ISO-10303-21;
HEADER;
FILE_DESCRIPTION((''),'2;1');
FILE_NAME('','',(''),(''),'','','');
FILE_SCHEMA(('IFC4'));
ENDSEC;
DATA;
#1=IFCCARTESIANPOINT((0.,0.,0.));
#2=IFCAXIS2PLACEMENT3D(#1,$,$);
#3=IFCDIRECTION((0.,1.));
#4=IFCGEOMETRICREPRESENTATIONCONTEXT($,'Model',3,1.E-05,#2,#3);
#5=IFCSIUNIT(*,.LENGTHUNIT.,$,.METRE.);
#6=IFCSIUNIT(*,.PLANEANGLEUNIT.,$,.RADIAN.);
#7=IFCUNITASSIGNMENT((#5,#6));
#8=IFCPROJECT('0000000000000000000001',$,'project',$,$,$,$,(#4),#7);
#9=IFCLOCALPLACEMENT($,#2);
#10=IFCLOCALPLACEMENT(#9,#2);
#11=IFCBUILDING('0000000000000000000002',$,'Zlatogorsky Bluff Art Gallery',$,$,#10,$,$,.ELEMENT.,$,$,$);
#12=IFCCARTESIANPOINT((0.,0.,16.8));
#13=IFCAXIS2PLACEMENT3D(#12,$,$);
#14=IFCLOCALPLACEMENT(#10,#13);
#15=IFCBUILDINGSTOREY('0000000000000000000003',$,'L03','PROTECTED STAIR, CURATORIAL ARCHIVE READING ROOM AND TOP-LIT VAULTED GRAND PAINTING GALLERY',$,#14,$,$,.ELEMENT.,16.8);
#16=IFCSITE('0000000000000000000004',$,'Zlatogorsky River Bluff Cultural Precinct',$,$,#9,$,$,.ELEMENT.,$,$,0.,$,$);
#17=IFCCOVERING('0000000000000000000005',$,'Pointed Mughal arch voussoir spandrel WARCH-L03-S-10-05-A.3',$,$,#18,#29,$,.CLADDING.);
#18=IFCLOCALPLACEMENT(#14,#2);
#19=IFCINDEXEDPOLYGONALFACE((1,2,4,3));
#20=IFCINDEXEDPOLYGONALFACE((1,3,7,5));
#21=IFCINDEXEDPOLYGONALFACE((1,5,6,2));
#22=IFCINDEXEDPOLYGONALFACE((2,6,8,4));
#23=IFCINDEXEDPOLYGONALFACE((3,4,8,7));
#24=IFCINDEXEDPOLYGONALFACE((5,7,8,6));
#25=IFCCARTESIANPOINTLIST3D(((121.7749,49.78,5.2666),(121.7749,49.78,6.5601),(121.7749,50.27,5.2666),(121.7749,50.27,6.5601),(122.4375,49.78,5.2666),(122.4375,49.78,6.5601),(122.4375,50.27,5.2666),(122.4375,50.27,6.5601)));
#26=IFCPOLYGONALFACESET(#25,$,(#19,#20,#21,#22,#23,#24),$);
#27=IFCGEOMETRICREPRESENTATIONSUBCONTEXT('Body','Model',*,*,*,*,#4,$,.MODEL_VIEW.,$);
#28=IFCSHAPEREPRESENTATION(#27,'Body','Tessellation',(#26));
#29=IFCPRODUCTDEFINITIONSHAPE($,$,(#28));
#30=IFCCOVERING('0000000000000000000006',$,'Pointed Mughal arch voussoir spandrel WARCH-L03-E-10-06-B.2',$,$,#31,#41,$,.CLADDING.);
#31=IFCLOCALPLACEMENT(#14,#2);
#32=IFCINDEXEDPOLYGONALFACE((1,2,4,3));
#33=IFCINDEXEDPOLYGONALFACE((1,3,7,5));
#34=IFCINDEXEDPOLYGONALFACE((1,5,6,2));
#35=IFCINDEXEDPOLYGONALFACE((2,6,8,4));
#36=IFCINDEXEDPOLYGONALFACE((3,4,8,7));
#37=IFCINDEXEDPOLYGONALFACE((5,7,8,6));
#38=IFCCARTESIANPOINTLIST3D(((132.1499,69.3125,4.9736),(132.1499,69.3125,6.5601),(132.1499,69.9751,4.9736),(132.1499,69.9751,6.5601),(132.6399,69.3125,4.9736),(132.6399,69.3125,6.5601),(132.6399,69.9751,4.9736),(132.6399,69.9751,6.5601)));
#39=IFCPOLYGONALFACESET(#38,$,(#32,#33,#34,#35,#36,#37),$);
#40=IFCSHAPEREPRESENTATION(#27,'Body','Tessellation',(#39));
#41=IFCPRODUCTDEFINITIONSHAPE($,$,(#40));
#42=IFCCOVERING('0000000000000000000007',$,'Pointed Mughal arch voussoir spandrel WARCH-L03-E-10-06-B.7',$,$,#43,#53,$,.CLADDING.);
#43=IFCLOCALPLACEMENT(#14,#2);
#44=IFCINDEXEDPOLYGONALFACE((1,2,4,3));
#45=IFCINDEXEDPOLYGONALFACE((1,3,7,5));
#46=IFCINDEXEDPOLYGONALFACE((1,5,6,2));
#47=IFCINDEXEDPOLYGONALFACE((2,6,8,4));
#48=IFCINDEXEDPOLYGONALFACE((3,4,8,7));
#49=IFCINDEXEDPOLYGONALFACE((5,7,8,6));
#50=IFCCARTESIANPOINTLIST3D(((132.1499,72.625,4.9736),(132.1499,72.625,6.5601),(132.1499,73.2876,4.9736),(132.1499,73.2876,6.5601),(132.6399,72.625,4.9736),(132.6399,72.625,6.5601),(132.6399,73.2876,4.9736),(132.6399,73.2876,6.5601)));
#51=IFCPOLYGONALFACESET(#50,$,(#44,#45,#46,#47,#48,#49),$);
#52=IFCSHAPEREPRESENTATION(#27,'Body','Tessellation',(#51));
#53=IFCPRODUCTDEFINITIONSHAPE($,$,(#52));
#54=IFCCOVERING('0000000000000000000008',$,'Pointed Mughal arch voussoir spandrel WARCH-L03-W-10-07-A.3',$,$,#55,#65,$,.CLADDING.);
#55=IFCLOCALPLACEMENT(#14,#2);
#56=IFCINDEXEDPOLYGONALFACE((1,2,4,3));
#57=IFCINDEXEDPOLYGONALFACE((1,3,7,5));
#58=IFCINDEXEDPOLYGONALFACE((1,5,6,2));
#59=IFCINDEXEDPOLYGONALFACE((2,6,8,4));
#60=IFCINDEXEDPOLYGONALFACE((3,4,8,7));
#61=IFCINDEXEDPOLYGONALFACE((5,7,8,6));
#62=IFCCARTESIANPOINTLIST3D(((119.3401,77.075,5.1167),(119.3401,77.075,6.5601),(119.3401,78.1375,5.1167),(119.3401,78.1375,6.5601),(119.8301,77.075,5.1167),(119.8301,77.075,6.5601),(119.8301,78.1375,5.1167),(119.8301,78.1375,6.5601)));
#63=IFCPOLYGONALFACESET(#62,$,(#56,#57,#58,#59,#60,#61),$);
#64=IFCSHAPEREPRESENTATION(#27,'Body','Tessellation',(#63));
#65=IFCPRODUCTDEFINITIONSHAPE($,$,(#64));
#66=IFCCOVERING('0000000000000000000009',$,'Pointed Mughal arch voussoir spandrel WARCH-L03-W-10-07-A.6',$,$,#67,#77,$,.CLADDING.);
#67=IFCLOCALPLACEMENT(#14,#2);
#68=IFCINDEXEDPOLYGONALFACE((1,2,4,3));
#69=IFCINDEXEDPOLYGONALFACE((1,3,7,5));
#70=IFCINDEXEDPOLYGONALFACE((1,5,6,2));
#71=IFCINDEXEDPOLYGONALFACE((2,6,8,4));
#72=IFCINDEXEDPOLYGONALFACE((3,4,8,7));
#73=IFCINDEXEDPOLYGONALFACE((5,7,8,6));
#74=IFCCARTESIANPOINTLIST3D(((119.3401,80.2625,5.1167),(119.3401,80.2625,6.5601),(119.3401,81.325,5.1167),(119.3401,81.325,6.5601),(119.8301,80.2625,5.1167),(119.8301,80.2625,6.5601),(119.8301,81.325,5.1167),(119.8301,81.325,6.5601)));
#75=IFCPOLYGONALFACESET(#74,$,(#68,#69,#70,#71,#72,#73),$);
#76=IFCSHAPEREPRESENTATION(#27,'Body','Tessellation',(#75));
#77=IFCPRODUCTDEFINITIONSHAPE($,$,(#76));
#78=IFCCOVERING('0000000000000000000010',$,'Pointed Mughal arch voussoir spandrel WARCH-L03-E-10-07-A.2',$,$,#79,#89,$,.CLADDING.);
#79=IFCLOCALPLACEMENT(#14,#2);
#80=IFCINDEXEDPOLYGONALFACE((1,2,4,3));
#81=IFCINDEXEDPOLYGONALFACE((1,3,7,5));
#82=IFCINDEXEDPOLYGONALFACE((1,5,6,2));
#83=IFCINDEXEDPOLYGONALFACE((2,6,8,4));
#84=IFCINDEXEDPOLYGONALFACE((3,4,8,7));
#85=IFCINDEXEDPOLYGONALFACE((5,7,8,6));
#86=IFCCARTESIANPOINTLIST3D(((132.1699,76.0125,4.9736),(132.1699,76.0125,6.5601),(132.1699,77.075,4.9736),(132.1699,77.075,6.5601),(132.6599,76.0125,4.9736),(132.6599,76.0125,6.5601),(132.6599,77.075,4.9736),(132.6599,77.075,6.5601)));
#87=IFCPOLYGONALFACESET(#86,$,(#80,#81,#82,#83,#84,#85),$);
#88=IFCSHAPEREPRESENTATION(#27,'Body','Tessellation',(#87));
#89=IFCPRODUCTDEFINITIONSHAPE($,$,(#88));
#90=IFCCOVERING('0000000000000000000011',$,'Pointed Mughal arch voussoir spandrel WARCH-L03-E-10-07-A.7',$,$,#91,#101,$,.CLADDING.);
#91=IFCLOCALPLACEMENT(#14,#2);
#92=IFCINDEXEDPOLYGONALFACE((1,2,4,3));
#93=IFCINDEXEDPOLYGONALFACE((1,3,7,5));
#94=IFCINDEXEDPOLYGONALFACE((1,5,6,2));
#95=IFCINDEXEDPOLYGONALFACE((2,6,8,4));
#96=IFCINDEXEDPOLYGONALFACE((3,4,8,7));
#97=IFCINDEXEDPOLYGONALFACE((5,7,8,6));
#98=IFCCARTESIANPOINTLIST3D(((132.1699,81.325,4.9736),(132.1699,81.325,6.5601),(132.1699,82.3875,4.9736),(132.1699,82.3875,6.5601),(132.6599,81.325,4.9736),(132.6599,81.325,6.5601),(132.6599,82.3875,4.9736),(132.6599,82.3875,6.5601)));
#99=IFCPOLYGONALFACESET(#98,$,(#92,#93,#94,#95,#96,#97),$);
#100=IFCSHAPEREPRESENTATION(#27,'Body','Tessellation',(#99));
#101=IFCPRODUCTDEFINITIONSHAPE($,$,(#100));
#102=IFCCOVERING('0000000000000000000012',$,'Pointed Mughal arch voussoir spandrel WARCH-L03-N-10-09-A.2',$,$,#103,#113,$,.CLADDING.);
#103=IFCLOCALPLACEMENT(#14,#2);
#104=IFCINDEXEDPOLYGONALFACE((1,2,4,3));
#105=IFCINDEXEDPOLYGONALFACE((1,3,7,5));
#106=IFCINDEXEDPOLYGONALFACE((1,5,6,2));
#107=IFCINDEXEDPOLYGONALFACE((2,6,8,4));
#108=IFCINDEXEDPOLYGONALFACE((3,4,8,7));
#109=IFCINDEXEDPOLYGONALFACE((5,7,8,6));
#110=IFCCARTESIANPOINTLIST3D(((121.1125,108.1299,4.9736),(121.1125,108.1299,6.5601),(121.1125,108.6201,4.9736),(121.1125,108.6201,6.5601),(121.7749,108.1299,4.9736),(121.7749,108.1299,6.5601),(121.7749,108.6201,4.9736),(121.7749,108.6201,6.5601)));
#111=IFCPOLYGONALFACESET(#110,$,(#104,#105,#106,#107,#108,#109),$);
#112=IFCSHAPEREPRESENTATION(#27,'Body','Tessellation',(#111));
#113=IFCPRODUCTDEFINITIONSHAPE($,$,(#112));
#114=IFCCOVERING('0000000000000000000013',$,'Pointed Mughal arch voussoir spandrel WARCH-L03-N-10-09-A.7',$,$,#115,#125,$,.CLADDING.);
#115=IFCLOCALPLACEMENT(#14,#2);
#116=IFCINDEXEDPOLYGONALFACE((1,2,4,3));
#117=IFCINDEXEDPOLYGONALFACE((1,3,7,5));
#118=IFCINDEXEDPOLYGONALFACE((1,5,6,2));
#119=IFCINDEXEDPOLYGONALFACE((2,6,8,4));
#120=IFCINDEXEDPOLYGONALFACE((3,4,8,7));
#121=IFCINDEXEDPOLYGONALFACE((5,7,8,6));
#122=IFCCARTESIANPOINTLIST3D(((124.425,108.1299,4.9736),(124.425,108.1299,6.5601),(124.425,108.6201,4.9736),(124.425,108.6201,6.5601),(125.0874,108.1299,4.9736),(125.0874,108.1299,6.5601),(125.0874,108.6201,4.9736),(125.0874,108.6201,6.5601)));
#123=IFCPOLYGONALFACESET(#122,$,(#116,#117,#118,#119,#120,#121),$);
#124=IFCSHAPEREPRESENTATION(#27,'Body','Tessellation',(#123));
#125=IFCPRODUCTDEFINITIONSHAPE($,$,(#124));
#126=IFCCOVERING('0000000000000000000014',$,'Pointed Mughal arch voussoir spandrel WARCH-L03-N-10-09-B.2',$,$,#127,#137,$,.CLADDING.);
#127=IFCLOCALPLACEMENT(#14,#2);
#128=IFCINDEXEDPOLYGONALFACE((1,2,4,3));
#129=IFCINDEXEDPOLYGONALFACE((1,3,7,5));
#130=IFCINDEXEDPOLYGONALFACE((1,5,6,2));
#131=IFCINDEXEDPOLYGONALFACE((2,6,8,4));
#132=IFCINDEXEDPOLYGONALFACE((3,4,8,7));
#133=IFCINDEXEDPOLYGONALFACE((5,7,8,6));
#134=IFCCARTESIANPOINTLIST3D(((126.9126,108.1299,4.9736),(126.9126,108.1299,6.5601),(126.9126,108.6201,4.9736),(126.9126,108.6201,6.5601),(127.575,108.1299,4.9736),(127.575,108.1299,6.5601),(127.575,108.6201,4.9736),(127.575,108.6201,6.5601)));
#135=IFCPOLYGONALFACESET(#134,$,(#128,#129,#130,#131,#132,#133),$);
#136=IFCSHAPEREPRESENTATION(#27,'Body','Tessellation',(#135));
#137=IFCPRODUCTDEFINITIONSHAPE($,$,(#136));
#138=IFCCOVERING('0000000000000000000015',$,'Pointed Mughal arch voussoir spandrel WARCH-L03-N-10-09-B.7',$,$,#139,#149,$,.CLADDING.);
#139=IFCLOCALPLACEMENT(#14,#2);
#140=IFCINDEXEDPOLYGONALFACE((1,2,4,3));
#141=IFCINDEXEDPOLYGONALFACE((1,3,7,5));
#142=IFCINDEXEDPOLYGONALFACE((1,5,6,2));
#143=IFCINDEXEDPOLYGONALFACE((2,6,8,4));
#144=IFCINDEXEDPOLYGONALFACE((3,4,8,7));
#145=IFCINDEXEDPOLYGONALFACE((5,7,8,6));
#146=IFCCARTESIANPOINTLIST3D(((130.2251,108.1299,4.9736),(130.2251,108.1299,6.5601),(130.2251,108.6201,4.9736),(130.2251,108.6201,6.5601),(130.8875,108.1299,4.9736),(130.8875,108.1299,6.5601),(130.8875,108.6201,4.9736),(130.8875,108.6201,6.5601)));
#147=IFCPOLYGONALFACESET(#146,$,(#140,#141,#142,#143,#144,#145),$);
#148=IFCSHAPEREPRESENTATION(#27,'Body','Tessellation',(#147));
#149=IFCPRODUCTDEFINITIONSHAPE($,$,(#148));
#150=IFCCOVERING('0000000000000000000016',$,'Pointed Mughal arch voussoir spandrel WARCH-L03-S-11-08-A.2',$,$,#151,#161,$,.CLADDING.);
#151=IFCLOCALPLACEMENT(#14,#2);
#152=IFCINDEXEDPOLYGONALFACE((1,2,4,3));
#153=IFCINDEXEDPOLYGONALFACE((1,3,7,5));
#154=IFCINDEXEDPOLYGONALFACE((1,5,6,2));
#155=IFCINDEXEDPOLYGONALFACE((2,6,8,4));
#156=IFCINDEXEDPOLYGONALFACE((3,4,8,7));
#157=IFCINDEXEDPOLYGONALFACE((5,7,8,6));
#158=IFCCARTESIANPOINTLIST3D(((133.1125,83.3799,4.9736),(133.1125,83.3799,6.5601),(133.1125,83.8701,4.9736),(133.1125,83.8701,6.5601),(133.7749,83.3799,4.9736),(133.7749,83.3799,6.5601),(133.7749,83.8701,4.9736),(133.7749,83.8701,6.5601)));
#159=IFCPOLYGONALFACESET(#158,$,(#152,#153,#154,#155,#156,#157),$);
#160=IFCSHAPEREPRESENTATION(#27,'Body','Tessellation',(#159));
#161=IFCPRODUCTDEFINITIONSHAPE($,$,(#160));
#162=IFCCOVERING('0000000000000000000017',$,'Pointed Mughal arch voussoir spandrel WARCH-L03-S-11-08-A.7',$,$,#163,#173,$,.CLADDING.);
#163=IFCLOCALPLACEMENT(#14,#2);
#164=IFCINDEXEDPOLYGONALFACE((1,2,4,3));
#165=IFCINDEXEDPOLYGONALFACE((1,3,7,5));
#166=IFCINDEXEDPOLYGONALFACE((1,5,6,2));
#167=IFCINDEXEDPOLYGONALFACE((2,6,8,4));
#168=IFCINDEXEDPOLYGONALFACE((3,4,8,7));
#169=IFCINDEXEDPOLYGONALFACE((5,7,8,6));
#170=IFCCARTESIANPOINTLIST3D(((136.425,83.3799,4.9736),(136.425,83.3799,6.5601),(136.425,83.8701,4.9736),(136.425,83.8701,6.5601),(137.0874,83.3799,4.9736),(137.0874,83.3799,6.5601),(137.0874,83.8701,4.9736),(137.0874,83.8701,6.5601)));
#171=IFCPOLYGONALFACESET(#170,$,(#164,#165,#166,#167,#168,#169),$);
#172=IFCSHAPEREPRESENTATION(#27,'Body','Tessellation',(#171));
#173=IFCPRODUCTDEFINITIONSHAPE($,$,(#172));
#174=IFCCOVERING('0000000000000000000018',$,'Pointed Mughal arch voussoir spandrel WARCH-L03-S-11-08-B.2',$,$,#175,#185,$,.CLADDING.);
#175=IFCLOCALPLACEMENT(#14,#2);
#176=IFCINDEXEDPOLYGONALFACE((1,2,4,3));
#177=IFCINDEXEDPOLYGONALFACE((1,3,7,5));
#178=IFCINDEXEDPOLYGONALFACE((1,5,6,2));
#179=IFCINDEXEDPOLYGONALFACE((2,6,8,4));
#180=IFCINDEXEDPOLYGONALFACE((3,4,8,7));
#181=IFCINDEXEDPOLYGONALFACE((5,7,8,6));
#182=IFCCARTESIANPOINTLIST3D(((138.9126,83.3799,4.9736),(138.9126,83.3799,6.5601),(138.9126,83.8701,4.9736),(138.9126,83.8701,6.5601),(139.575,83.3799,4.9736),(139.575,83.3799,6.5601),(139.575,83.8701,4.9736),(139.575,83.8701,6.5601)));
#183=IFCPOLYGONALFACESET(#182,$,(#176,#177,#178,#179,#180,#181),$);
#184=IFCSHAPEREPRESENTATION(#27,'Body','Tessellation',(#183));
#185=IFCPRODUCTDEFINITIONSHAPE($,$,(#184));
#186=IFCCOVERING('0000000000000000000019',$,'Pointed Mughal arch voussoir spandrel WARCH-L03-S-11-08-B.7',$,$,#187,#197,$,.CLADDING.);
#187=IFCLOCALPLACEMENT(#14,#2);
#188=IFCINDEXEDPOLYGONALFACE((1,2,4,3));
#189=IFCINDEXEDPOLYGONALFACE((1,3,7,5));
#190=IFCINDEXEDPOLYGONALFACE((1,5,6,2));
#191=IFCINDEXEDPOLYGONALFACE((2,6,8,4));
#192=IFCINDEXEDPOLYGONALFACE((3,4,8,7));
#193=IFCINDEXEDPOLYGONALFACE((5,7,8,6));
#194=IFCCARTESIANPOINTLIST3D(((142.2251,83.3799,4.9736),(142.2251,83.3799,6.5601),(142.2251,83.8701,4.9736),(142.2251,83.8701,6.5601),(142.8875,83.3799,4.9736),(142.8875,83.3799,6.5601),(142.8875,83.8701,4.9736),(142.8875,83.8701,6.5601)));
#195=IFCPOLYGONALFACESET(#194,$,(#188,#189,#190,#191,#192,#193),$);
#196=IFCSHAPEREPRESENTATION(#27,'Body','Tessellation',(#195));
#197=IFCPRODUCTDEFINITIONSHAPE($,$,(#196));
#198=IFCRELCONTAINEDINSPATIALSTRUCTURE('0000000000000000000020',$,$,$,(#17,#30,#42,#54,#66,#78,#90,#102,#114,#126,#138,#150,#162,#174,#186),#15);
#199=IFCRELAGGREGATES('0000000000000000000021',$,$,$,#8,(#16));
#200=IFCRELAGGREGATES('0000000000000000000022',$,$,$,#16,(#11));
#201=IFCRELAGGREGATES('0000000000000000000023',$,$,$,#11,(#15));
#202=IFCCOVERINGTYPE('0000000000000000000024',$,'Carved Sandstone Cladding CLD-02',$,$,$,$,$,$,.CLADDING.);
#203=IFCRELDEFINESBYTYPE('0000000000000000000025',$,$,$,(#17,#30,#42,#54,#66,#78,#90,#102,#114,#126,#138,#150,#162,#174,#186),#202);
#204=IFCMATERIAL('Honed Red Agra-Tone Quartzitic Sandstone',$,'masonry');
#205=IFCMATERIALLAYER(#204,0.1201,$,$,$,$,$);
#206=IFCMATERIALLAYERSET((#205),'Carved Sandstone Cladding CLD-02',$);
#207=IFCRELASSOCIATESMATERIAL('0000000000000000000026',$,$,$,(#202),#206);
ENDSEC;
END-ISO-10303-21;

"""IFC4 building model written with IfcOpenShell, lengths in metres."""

from ifc_helpers import new_model, si_unit, direction, frame, origin, place, context, subcontext, project, spatial, polyline, outline, extrude, material, layer, layer_set, type_object, element, save


model = new_model("IFC4")

# Units and contexts
model_context = context("Model", 3, precision=1e-05, world=origin(), true_north=direction((0.0, 1.0)))
body_context = subcontext(model_context, "Body", "Model", "MODEL_VIEW")
ifc_project = project(units=[si_unit("LENGTHUNIT", "METRE"), si_unit("PLANEANGLEUNIT", "RADIAN")], contexts=[model_context])

# Site, building, storey
site_placement = place(None, origin())
site = spatial("IfcSite", under=ifc_project, at=site_placement, Name="Zlatogorsky River Bluff Cultural Precinct", CompositionType="ELEMENT", RefElevation=0.0)
building_placement = place(site_placement, origin())
building = spatial("IfcBuilding", under=site, at=building_placement, Name="Zlatogorsky Bluff Art Gallery", CompositionType="ELEMENT")
storey_placement = place(building_placement, frame((0.0, 0.0, 16.8)))
storey = spatial("IfcBuildingStorey", under=building, at=storey_placement, Name="L03", Description="PROTECTED STAIR, CURATORIAL ARCHIVE READING ROOM AND TOP-LIT VAULTED GRAND PAINTING GALLERY", CompositionType="ELEMENT", Elevation=16.8)

# Coverings
ifc_material = material(Name="Honed Red Agra-Tone Quartzitic Sandstone", Category="masonry")
ifc_layer = layer(ifc_material, 0.1201)
ifc_layer_set = layer_set([ifc_layer], Name="Carved Sandstone Cladding CLD-02")
covering_type = type_object("IfcCoveringType", Name="Carved Sandstone Cladding CLD-02", PredefinedType="CLADDING", material=ifc_layer_set)
covering_1_placement = place(storey_placement, frame((0.0, 0.0, 5.2666)))
element("IfcCovering", 1, at=covering_1_placement, inside=storey, type_object=covering_type, Name="Pointed Mughal arch voussoir spandrel WARCH-L03-S-10-05-A.3", PredefinedType="CLADDING", context=body_context, shape_type="SweptSolid", body=[
    extrude(outline(polyline([(121.7749, 49.78), (122.4375, 49.78), (122.4375, 50.27), (121.7749, 50.27), (121.7749, 49.78)])), origin(), (0.0, 0.0, 1.0), 1.2935),
])
covering_2_placement = place(storey_placement, frame((0.0, 0.0, 4.9736)))
element("IfcCovering", 2, at=covering_2_placement, inside=storey, type_object=covering_type, Name="Pointed Mughal arch voussoir spandrel WARCH-L03-E-10-06-B.2", PredefinedType="CLADDING", context=body_context, shape_type="SweptSolid", body=[
    extrude(outline(polyline([(132.1499, 69.3125), (132.1499, 69.9751), (132.6399, 69.9751), (132.6399, 69.3125), (132.1499, 69.3125)])), origin(), (0.0, 0.0, 1.0), 1.5864),
])
covering_3_placement = place(storey_placement, frame((0.0, 0.0, 4.9736)))
element("IfcCovering", 3, at=covering_3_placement, inside=storey, type_object=covering_type, Name="Pointed Mughal arch voussoir spandrel WARCH-L03-E-10-06-B.7", PredefinedType="CLADDING", context=body_context, shape_type="SweptSolid", body=[
    extrude(outline(polyline([(132.1499, 72.625), (132.1499, 73.2876), (132.6399, 73.2876), (132.6399, 72.625), (132.1499, 72.625)])), origin(), (0.0, 0.0, 1.0), 1.5864),
])
covering_4_placement = place(storey_placement, frame((0.0, 0.0, 5.1167)))
element("IfcCovering", 4, at=covering_4_placement, inside=storey, type_object=covering_type, Name="Pointed Mughal arch voussoir spandrel WARCH-L03-W-10-07-A.3", PredefinedType="CLADDING", context=body_context, shape_type="SweptSolid", body=[
    extrude(outline(polyline([(119.3401, 77.075), (119.3401, 78.1375), (119.8301, 78.1375), (119.8301, 77.075), (119.3401, 77.075)])), origin(), (0.0, 0.0, 1.0), 1.4434),
])
covering_5_placement = place(storey_placement, frame((0.0, 0.0, 5.1167)))
element("IfcCovering", 5, at=covering_5_placement, inside=storey, type_object=covering_type, Name="Pointed Mughal arch voussoir spandrel WARCH-L03-W-10-07-A.6", PredefinedType="CLADDING", context=body_context, shape_type="SweptSolid", body=[
    extrude(outline(polyline([(119.3401, 80.2625), (119.3401, 81.325), (119.8301, 81.325), (119.8301, 80.2625), (119.3401, 80.2625)])), origin(), (0.0, 0.0, 1.0), 1.4434),
])
covering_6_placement = place(storey_placement, frame((0.0, 0.0, 4.9736)))
element("IfcCovering", 6, at=covering_6_placement, inside=storey, type_object=covering_type, Name="Pointed Mughal arch voussoir spandrel WARCH-L03-E-10-07-A.2", PredefinedType="CLADDING", context=body_context, shape_type="SweptSolid", body=[
    extrude(outline(polyline([(132.1699, 76.0125), (132.1699, 77.075), (132.6599, 77.075), (132.6599, 76.0125), (132.1699, 76.0125)])), origin(), (0.0, 0.0, 1.0), 1.5864),
])
covering_7_placement = place(storey_placement, frame((0.0, 0.0, 4.9736)))
element("IfcCovering", 7, at=covering_7_placement, inside=storey, type_object=covering_type, Name="Pointed Mughal arch voussoir spandrel WARCH-L03-E-10-07-A.7", PredefinedType="CLADDING", context=body_context, shape_type="SweptSolid", body=[
    extrude(outline(polyline([(132.1699, 81.325), (132.1699, 82.3875), (132.6599, 82.3875), (132.6599, 81.325), (132.1699, 81.325)])), origin(), (0.0, 0.0, 1.0), 1.5864),
])
covering_8_placement = place(storey_placement, frame((0.0, 0.0, 4.9736)))
element("IfcCovering", 8, at=covering_8_placement, inside=storey, type_object=covering_type, Name="Pointed Mughal arch voussoir spandrel WARCH-L03-N-10-09-A.2", PredefinedType="CLADDING", context=body_context, shape_type="SweptSolid", body=[
    extrude(outline(polyline([(121.1125, 108.1299), (121.7749, 108.1299), (121.7749, 108.6201), (121.1125, 108.6201), (121.1125, 108.1299)])), origin(), (0.0, 0.0, 1.0), 1.5864),
])
covering_9_placement = place(storey_placement, frame((0.0, 0.0, 4.9736)))
element("IfcCovering", 9, at=covering_9_placement, inside=storey, type_object=covering_type, Name="Pointed Mughal arch voussoir spandrel WARCH-L03-N-10-09-A.7", PredefinedType="CLADDING", context=body_context, shape_type="SweptSolid", body=[
    extrude(outline(polyline([(124.425, 108.1299), (125.0874, 108.1299), (125.0874, 108.6201), (124.425, 108.6201), (124.425, 108.1299)])), origin(), (0.0, 0.0, 1.0), 1.5864),
])
covering_10_placement = place(storey_placement, frame((0.0, 0.0, 4.9736)))
element("IfcCovering", 10, at=covering_10_placement, inside=storey, type_object=covering_type, Name="Pointed Mughal arch voussoir spandrel WARCH-L03-N-10-09-B.2", PredefinedType="CLADDING", context=body_context, shape_type="SweptSolid", body=[
    extrude(outline(polyline([(126.9126, 108.1299), (127.575, 108.1299), (127.575, 108.6201), (126.9126, 108.6201), (126.9126, 108.1299)])), origin(), (0.0, 0.0, 1.0), 1.5864),
])
covering_11_placement = place(storey_placement, frame((0.0, 0.0, 4.9736)))
element("IfcCovering", 11, at=covering_11_placement, inside=storey, type_object=covering_type, Name="Pointed Mughal arch voussoir spandrel WARCH-L03-N-10-09-B.7", PredefinedType="CLADDING", context=body_context, shape_type="SweptSolid", body=[
    extrude(outline(polyline([(130.2251, 108.1299), (130.8875, 108.1299), (130.8875, 108.6201), (130.2251, 108.6201), (130.2251, 108.1299)])), origin(), (0.0, 0.0, 1.0), 1.5864),
])
covering_12_placement = place(storey_placement, frame((0.0, 0.0, 4.9736)))
element("IfcCovering", 12, at=covering_12_placement, inside=storey, type_object=covering_type, Name="Pointed Mughal arch voussoir spandrel WARCH-L03-S-11-08-A.2", PredefinedType="CLADDING", context=body_context, shape_type="SweptSolid", body=[
    extrude(outline(polyline([(133.1125, 83.3799), (133.7749, 83.3799), (133.7749, 83.8701), (133.1125, 83.8701), (133.1125, 83.3799)])), origin(), (0.0, 0.0, 1.0), 1.5864),
])
covering_13_placement = place(storey_placement, frame((0.0, 0.0, 4.9736)))
element("IfcCovering", 13, at=covering_13_placement, inside=storey, type_object=covering_type, Name="Pointed Mughal arch voussoir spandrel WARCH-L03-S-11-08-A.7", PredefinedType="CLADDING", context=body_context, shape_type="SweptSolid", body=[
    extrude(outline(polyline([(136.425, 83.3799), (137.0874, 83.3799), (137.0874, 83.8701), (136.425, 83.8701), (136.425, 83.3799)])), origin(), (0.0, 0.0, 1.0), 1.5864),
])
covering_14_placement = place(storey_placement, frame((0.0, 0.0, 4.9736)))
element("IfcCovering", 14, at=covering_14_placement, inside=storey, type_object=covering_type, Name="Pointed Mughal arch voussoir spandrel WARCH-L03-S-11-08-B.2", PredefinedType="CLADDING", context=body_context, shape_type="SweptSolid", body=[
    extrude(outline(polyline([(138.9126, 83.3799), (139.575, 83.3799), (139.575, 83.8701), (138.9126, 83.8701), (138.9126, 83.3799)])), origin(), (0.0, 0.0, 1.0), 1.5864),
])
covering_15_placement = place(storey_placement, frame((0.0, 0.0, 4.9736)))
element("IfcCovering", 15, at=covering_15_placement, inside=storey, type_object=covering_type, Name="Pointed Mughal arch voussoir spandrel WARCH-L03-S-11-08-B.7", PredefinedType="CLADDING", context=body_context, shape_type="SweptSolid", body=[
    extrude(outline(polyline([(142.2251, 83.3799), (142.8875, 83.3799), (142.8875, 83.8701), (142.2251, 83.8701), (142.2251, 83.3799)])), origin(), (0.0, 0.0, 1.0), 1.5864),
])

save(model, "model.ifc")
